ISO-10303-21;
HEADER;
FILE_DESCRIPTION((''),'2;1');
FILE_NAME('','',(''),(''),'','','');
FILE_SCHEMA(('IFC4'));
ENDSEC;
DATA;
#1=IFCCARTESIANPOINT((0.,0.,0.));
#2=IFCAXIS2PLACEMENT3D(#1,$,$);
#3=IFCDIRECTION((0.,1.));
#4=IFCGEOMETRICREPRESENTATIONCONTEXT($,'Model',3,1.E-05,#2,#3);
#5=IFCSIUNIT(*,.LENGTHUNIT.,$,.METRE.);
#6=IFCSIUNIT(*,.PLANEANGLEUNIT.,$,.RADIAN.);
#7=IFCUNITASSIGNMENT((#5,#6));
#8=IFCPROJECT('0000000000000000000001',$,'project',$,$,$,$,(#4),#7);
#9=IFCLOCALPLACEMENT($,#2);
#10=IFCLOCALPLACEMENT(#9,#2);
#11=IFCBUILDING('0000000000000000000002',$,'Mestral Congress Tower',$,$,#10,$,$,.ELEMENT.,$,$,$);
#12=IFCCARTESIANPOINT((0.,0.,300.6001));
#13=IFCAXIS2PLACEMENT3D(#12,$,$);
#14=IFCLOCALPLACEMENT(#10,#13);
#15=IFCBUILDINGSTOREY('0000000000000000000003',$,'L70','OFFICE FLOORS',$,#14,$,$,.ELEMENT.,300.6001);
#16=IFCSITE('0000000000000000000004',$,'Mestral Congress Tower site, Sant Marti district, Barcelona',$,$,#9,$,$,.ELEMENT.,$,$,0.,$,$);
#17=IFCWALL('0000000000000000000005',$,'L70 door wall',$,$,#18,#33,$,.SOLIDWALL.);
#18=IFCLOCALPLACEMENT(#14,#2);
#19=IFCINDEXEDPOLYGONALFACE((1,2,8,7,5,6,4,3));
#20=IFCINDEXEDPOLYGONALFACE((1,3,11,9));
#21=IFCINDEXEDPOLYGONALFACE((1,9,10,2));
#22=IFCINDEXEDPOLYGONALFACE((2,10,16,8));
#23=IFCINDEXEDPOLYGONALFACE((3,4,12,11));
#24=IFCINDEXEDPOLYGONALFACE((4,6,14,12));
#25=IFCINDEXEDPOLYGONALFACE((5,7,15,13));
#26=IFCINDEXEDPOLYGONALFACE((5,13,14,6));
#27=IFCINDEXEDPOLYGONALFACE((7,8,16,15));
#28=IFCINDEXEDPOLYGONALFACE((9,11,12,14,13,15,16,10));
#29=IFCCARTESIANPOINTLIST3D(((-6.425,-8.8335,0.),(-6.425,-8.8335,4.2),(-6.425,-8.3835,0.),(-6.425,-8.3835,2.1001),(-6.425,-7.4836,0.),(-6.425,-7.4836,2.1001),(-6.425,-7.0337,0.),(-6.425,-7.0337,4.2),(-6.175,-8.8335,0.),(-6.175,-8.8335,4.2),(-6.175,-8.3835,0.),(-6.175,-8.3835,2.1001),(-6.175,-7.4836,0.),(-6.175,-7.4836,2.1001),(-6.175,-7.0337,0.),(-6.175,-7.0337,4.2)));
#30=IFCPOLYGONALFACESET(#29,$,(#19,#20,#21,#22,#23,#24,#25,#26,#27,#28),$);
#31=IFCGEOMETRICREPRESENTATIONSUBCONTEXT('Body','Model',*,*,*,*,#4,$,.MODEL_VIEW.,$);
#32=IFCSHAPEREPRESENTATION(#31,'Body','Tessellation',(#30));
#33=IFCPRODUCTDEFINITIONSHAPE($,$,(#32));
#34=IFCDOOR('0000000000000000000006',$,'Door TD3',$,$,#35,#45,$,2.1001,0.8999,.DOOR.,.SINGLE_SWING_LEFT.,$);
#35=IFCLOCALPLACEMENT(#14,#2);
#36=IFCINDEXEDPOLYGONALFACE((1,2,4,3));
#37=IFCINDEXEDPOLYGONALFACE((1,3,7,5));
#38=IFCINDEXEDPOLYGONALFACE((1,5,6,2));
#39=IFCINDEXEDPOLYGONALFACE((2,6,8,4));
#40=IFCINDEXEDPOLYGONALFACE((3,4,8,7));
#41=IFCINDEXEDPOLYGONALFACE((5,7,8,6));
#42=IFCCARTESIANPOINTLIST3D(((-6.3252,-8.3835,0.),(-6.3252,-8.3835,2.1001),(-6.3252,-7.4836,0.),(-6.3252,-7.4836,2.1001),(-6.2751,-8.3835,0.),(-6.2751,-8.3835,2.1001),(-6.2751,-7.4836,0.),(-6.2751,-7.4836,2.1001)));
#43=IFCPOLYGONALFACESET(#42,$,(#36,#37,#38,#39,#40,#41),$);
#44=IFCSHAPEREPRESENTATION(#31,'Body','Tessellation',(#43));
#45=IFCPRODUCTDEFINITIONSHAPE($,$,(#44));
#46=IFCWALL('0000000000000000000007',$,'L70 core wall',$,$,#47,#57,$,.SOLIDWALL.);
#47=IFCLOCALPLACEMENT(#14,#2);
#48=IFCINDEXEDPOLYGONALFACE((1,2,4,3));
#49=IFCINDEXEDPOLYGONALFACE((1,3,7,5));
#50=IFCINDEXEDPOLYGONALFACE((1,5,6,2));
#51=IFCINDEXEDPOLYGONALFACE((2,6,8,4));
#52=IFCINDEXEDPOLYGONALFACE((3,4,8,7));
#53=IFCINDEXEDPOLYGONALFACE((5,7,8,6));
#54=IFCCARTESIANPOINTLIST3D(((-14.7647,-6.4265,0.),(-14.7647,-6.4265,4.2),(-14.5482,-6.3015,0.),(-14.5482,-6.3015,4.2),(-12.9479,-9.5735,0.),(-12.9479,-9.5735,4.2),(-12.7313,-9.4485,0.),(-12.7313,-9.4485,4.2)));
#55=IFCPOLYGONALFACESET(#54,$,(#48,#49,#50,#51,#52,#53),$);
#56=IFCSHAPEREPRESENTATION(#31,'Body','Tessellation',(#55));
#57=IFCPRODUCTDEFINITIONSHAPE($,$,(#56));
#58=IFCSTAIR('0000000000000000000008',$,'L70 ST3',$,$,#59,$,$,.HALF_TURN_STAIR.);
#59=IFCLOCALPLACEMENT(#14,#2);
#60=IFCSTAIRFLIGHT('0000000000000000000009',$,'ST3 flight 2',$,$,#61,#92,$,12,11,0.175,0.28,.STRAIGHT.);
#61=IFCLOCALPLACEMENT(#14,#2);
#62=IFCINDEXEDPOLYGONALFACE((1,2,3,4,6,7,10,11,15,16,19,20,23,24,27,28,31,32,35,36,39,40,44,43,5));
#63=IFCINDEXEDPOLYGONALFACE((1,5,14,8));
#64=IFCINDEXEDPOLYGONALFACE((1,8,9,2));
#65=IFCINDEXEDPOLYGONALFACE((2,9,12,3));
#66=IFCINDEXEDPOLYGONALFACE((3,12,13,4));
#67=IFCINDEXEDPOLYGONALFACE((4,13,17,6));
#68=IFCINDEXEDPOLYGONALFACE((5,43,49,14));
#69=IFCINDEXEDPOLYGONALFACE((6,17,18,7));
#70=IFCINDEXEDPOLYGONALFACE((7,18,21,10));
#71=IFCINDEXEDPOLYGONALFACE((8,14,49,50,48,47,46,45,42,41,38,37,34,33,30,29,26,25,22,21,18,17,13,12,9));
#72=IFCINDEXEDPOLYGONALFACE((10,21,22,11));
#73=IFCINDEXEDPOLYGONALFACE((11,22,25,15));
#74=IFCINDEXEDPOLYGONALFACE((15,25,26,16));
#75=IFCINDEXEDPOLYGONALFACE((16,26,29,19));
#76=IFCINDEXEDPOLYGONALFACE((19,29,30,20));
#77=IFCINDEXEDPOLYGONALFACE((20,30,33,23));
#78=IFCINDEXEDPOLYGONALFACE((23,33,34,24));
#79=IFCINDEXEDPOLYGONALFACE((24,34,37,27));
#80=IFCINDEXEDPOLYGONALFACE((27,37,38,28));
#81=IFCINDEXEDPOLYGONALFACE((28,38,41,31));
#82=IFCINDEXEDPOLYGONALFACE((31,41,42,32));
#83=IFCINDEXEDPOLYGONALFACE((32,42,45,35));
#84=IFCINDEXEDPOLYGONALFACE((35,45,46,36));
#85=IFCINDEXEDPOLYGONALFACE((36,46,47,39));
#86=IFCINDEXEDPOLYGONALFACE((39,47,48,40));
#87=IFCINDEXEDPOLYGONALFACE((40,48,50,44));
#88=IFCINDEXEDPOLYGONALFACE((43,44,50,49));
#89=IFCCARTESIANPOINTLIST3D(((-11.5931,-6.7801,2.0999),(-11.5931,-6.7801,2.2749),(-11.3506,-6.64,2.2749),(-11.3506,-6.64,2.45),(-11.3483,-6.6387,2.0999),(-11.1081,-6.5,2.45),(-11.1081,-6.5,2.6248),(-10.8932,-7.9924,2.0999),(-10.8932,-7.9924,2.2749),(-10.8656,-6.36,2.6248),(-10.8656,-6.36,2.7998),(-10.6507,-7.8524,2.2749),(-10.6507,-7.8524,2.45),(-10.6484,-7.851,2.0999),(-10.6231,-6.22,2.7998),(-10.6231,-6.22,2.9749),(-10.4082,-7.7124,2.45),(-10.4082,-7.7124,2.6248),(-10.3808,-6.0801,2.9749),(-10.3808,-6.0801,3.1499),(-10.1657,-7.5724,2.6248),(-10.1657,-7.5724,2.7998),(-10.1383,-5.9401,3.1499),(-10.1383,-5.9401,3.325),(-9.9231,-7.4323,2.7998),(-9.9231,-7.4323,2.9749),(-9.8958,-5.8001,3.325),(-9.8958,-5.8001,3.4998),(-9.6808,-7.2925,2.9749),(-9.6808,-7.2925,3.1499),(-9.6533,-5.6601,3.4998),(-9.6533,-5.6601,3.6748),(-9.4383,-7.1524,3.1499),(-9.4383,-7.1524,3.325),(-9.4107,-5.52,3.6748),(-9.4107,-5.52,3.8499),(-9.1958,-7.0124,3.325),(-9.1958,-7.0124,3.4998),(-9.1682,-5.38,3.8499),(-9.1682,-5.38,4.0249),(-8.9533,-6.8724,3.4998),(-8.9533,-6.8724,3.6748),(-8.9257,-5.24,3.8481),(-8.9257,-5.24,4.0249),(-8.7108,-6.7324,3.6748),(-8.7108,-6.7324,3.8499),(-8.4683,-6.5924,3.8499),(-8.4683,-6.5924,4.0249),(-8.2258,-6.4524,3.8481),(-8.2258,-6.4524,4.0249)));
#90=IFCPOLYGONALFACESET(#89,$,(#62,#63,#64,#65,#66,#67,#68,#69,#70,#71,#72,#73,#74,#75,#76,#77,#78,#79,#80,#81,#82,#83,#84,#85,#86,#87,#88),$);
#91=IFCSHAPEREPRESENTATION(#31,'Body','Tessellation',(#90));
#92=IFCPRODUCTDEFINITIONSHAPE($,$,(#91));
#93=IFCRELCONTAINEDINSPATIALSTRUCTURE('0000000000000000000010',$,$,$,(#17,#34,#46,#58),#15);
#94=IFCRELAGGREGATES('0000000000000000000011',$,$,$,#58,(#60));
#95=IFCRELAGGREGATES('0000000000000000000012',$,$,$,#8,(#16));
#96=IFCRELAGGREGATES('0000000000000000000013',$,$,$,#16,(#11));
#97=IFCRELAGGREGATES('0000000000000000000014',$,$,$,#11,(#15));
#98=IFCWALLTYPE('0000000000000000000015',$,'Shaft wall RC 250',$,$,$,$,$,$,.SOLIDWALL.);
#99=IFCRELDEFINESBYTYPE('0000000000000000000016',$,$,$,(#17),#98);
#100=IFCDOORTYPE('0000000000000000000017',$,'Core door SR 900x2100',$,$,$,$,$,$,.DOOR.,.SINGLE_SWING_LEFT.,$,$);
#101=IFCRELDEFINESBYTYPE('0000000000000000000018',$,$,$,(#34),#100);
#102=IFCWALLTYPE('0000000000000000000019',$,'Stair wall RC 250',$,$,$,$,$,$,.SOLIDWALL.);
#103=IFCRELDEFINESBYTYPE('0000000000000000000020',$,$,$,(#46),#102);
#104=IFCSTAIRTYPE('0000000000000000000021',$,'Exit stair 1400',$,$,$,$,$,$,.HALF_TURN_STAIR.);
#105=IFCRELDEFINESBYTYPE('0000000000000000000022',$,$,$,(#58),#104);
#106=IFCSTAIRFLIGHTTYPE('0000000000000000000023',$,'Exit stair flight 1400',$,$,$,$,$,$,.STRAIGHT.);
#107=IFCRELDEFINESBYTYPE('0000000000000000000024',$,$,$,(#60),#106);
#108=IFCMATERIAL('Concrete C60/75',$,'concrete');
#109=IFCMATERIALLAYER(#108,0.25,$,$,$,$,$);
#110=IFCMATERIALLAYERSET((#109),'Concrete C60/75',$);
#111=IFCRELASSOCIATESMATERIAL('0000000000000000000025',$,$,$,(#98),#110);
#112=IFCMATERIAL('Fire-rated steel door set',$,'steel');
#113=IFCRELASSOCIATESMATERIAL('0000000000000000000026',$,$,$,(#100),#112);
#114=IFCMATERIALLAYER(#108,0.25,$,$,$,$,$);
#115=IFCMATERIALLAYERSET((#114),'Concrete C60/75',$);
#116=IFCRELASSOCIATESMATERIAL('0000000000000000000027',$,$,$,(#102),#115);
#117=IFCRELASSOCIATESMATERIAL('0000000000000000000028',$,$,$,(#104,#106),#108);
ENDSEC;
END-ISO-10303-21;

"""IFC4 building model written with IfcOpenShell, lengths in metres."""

from ifc_helpers import new_model, si_unit, direction, frame, frame_2d, origin, place, context, subcontext, project, spatial, polyline, rectangle, outline, extrude, material, layer, layer_set, type_object, element, fill, aggregate, save


model = new_model("IFC4")

# Units and contexts
model_context = context("Model", 3, precision=1e-05, world=origin(), true_north=direction((0.0, 1.0)))
body_context = subcontext(model_context, "Body", "Model", "MODEL_VIEW")
ifc_project = project(units=[si_unit("LENGTHUNIT", "METRE"), si_unit("PLANEANGLEUNIT", "RADIAN")], contexts=[model_context])

# Site, building, storey
site_placement = place(None, origin())
site = spatial("IfcSite", under=ifc_project, at=site_placement, Name="Mestral Congress Tower site, Sant Marti district, Barcelona", CompositionType="ELEMENT", RefElevation=0.0)
building_placement = place(site_placement, origin())
building = spatial("IfcBuilding", under=site, at=building_placement, Name="Mestral Congress Tower", CompositionType="ELEMENT")
storey_placement = place(building_placement, frame((0.0, 0.0, 300.6001)))
storey = spatial("IfcBuildingStorey", under=building, at=storey_placement, Name="L70", Description="OFFICE FLOORS", CompositionType="ELEMENT", Elevation=300.6001)

# Shared definitions
ifc_material_1 = material(Name="Concrete C60/75", Category="concrete")

# Shared definitions
ifc_layer_1 = layer(ifc_material_1, 0.25)
ifc_layer_set_1 = layer_set([ifc_layer_1], Name="Concrete C60/75")
wall_type_1 = type_object("IfcWallType", Name="Shaft wall RC 250", PredefinedType="SOLIDWALL", material=ifc_layer_set_1)

# Shared definitions
ifc_material_2 = material(Name="Fire-rated steel door set", Category="steel")
door_type_1 = type_object("IfcDoorType", Name="Core door SR 900x2100", OperationType="SINGLE_SWING_LEFT", PredefinedType="DOOR", material=ifc_material_2)

# Wall, opening, door
wall_1_placement = place(storey_placement, frame((-6.3, -7.0337, 0.0), z_axis=(0.0, 0.0, 1.0), x_axis=(0.0, -1.0, 0.0)))
wall_1 = element("IfcWall", 1, at=wall_1_placement, inside=storey, type_object=wall_type_1, Name="L70 door wall", PredefinedType="SOLIDWALL", context=body_context, shape_type="SweptSolid", body=[
    extrude(rectangle(XDim=1.7998, YDim=0.25, at=frame_2d((0.8999, 0.0))), origin(), (0.0, 0.0, 1.0), 4.2),
])
opening_1_placement = place(wall_1_placement, frame((0.45, 0.0, 0.0)))
opening_1 = element("IfcOpeningElement", 2, at=opening_1_placement, cuts=wall_1, PredefinedType="OPENING", context=body_context, shape_type="SweptSolid", body=[
    extrude(rectangle(XDim=0.8999, YDim=2.1001, at=frame_2d((0.45, 1.05))), frame((0.0, 0.135, 0.0), z_axis=(0.0, -1.0, 0.0), x_axis=(1.0, 0.0, 0.0)), (0.0, 0.0, 1.0), 0.27),
])
door_1_placement = place(opening_1_placement, origin())
door_1 = element("IfcDoor", 3, at=door_1_placement, inside=storey, type_object=door_type_1, Name="Door TD3", OperationType="SINGLE_SWING_LEFT", OverallHeight=2.1001, OverallWidth=0.8999, PredefinedType="DOOR", context=body_context, shape_type="SweptSolid", body=[
    extrude(rectangle(XDim=0.8999, YDim=2.1001, at=frame_2d((0.45, 1.05))), frame((0.0, 0.0249, 0.0), z_axis=(0.0, -1.0, 0.0), x_axis=(1.0, 0.0, 0.0)), (0.0, 0.0, 1.0), 0.05),
])
fill(opening_1, door_1)

# Wall
ifc_layer_2 = layer(ifc_material_1, 0.25)
ifc_layer_set_2 = layer_set([ifc_layer_2], Name="Concrete C60/75")
wall_type_2 = type_object("IfcWallType", Name="Stair wall RC 250", PredefinedType="SOLIDWALL", material=ifc_layer_set_2)
wall_2_placement = place(storey_placement, frame((-12.8396, -9.511, 0.0), z_axis=(0.0, 0.0, 1.0), x_axis=(-0.499998, 0.866027, 0.0)))
element("IfcWall", 4, at=wall_2_placement, inside=storey, type_object=wall_type_2, Name="L70 core wall", PredefinedType="SOLIDWALL", context=body_context, shape_type="SweptSolid", body=[
    extrude(rectangle(XDim=3.6338, YDim=0.25, at=frame_2d((1.8169, 0.0))), origin(), (0.0, 0.0, 1.0), 4.2),
])

# Stair, stair flight
stair_type = type_object("IfcStairType", Name="Exit stair 1400", PredefinedType="HALF_TURN_STAIR", material=ifc_material_1)
stair_placement = place(storey_placement, origin())
stair = element("IfcStair", 5, at=stair_placement, inside=storey, type_object=stair_type, Name="L70 ST3", PredefinedType="HALF_TURN_STAIR")
stair_flight_type = type_object("IfcStairFlightType", Name="Exit stair flight 1400", PredefinedType="STRAIGHT", material=ifc_material_1)
stair_flight_placement = place(storey_placement, frame((-11.2432, -7.3862, 2.0999), z_axis=(0.0, 0.0, 1.0), x_axis=(0.866025, 0.5, 0.0)))
stair_flight = element("IfcStairFlight", 6, at=stair_flight_placement, type_object=stair_flight_type, Name="ST3 flight 2", NumberOfRisers=12, NumberOfTreads=11, PredefinedType="STRAIGHT", RiserHeight=0.175, TreadLength=0.28, context=body_context, shape_type="SweptSolid", body=[
    extrude(outline(polyline([(0.0, 0.0), (0.0, 0.175), (0.28, 0.175), (0.28, 0.3501), (0.5601, 0.3501), (0.5601, 0.5249), (0.8401, 0.5249), (0.8401, 0.7), (1.1201, 0.7), (1.1201, 0.875), (1.3999, 0.875), (1.3999, 1.05), (1.6799, 1.05), (1.6799, 1.2251), (1.96, 1.2251), (1.96, 1.3999), (2.24, 1.3999), (2.24, 1.575), (2.52, 1.575), (2.52, 1.75), (2.8, 1.75), (2.8, 1.925), (3.0801, 1.925), (3.0801, 2.1001), (3.0801, 1.7483), (0.2827, 0.0), (0.0, 0.0)])), frame((0.0, 0.7, 0.0), z_axis=(0.0, -1.0, 0.0), x_axis=(1.0, 0.0, 0.0)), (0.0, 0.0, 1.0), 1.3999),
])
aggregate(stair, [stair_flight])

save(model, "model.ifc")
